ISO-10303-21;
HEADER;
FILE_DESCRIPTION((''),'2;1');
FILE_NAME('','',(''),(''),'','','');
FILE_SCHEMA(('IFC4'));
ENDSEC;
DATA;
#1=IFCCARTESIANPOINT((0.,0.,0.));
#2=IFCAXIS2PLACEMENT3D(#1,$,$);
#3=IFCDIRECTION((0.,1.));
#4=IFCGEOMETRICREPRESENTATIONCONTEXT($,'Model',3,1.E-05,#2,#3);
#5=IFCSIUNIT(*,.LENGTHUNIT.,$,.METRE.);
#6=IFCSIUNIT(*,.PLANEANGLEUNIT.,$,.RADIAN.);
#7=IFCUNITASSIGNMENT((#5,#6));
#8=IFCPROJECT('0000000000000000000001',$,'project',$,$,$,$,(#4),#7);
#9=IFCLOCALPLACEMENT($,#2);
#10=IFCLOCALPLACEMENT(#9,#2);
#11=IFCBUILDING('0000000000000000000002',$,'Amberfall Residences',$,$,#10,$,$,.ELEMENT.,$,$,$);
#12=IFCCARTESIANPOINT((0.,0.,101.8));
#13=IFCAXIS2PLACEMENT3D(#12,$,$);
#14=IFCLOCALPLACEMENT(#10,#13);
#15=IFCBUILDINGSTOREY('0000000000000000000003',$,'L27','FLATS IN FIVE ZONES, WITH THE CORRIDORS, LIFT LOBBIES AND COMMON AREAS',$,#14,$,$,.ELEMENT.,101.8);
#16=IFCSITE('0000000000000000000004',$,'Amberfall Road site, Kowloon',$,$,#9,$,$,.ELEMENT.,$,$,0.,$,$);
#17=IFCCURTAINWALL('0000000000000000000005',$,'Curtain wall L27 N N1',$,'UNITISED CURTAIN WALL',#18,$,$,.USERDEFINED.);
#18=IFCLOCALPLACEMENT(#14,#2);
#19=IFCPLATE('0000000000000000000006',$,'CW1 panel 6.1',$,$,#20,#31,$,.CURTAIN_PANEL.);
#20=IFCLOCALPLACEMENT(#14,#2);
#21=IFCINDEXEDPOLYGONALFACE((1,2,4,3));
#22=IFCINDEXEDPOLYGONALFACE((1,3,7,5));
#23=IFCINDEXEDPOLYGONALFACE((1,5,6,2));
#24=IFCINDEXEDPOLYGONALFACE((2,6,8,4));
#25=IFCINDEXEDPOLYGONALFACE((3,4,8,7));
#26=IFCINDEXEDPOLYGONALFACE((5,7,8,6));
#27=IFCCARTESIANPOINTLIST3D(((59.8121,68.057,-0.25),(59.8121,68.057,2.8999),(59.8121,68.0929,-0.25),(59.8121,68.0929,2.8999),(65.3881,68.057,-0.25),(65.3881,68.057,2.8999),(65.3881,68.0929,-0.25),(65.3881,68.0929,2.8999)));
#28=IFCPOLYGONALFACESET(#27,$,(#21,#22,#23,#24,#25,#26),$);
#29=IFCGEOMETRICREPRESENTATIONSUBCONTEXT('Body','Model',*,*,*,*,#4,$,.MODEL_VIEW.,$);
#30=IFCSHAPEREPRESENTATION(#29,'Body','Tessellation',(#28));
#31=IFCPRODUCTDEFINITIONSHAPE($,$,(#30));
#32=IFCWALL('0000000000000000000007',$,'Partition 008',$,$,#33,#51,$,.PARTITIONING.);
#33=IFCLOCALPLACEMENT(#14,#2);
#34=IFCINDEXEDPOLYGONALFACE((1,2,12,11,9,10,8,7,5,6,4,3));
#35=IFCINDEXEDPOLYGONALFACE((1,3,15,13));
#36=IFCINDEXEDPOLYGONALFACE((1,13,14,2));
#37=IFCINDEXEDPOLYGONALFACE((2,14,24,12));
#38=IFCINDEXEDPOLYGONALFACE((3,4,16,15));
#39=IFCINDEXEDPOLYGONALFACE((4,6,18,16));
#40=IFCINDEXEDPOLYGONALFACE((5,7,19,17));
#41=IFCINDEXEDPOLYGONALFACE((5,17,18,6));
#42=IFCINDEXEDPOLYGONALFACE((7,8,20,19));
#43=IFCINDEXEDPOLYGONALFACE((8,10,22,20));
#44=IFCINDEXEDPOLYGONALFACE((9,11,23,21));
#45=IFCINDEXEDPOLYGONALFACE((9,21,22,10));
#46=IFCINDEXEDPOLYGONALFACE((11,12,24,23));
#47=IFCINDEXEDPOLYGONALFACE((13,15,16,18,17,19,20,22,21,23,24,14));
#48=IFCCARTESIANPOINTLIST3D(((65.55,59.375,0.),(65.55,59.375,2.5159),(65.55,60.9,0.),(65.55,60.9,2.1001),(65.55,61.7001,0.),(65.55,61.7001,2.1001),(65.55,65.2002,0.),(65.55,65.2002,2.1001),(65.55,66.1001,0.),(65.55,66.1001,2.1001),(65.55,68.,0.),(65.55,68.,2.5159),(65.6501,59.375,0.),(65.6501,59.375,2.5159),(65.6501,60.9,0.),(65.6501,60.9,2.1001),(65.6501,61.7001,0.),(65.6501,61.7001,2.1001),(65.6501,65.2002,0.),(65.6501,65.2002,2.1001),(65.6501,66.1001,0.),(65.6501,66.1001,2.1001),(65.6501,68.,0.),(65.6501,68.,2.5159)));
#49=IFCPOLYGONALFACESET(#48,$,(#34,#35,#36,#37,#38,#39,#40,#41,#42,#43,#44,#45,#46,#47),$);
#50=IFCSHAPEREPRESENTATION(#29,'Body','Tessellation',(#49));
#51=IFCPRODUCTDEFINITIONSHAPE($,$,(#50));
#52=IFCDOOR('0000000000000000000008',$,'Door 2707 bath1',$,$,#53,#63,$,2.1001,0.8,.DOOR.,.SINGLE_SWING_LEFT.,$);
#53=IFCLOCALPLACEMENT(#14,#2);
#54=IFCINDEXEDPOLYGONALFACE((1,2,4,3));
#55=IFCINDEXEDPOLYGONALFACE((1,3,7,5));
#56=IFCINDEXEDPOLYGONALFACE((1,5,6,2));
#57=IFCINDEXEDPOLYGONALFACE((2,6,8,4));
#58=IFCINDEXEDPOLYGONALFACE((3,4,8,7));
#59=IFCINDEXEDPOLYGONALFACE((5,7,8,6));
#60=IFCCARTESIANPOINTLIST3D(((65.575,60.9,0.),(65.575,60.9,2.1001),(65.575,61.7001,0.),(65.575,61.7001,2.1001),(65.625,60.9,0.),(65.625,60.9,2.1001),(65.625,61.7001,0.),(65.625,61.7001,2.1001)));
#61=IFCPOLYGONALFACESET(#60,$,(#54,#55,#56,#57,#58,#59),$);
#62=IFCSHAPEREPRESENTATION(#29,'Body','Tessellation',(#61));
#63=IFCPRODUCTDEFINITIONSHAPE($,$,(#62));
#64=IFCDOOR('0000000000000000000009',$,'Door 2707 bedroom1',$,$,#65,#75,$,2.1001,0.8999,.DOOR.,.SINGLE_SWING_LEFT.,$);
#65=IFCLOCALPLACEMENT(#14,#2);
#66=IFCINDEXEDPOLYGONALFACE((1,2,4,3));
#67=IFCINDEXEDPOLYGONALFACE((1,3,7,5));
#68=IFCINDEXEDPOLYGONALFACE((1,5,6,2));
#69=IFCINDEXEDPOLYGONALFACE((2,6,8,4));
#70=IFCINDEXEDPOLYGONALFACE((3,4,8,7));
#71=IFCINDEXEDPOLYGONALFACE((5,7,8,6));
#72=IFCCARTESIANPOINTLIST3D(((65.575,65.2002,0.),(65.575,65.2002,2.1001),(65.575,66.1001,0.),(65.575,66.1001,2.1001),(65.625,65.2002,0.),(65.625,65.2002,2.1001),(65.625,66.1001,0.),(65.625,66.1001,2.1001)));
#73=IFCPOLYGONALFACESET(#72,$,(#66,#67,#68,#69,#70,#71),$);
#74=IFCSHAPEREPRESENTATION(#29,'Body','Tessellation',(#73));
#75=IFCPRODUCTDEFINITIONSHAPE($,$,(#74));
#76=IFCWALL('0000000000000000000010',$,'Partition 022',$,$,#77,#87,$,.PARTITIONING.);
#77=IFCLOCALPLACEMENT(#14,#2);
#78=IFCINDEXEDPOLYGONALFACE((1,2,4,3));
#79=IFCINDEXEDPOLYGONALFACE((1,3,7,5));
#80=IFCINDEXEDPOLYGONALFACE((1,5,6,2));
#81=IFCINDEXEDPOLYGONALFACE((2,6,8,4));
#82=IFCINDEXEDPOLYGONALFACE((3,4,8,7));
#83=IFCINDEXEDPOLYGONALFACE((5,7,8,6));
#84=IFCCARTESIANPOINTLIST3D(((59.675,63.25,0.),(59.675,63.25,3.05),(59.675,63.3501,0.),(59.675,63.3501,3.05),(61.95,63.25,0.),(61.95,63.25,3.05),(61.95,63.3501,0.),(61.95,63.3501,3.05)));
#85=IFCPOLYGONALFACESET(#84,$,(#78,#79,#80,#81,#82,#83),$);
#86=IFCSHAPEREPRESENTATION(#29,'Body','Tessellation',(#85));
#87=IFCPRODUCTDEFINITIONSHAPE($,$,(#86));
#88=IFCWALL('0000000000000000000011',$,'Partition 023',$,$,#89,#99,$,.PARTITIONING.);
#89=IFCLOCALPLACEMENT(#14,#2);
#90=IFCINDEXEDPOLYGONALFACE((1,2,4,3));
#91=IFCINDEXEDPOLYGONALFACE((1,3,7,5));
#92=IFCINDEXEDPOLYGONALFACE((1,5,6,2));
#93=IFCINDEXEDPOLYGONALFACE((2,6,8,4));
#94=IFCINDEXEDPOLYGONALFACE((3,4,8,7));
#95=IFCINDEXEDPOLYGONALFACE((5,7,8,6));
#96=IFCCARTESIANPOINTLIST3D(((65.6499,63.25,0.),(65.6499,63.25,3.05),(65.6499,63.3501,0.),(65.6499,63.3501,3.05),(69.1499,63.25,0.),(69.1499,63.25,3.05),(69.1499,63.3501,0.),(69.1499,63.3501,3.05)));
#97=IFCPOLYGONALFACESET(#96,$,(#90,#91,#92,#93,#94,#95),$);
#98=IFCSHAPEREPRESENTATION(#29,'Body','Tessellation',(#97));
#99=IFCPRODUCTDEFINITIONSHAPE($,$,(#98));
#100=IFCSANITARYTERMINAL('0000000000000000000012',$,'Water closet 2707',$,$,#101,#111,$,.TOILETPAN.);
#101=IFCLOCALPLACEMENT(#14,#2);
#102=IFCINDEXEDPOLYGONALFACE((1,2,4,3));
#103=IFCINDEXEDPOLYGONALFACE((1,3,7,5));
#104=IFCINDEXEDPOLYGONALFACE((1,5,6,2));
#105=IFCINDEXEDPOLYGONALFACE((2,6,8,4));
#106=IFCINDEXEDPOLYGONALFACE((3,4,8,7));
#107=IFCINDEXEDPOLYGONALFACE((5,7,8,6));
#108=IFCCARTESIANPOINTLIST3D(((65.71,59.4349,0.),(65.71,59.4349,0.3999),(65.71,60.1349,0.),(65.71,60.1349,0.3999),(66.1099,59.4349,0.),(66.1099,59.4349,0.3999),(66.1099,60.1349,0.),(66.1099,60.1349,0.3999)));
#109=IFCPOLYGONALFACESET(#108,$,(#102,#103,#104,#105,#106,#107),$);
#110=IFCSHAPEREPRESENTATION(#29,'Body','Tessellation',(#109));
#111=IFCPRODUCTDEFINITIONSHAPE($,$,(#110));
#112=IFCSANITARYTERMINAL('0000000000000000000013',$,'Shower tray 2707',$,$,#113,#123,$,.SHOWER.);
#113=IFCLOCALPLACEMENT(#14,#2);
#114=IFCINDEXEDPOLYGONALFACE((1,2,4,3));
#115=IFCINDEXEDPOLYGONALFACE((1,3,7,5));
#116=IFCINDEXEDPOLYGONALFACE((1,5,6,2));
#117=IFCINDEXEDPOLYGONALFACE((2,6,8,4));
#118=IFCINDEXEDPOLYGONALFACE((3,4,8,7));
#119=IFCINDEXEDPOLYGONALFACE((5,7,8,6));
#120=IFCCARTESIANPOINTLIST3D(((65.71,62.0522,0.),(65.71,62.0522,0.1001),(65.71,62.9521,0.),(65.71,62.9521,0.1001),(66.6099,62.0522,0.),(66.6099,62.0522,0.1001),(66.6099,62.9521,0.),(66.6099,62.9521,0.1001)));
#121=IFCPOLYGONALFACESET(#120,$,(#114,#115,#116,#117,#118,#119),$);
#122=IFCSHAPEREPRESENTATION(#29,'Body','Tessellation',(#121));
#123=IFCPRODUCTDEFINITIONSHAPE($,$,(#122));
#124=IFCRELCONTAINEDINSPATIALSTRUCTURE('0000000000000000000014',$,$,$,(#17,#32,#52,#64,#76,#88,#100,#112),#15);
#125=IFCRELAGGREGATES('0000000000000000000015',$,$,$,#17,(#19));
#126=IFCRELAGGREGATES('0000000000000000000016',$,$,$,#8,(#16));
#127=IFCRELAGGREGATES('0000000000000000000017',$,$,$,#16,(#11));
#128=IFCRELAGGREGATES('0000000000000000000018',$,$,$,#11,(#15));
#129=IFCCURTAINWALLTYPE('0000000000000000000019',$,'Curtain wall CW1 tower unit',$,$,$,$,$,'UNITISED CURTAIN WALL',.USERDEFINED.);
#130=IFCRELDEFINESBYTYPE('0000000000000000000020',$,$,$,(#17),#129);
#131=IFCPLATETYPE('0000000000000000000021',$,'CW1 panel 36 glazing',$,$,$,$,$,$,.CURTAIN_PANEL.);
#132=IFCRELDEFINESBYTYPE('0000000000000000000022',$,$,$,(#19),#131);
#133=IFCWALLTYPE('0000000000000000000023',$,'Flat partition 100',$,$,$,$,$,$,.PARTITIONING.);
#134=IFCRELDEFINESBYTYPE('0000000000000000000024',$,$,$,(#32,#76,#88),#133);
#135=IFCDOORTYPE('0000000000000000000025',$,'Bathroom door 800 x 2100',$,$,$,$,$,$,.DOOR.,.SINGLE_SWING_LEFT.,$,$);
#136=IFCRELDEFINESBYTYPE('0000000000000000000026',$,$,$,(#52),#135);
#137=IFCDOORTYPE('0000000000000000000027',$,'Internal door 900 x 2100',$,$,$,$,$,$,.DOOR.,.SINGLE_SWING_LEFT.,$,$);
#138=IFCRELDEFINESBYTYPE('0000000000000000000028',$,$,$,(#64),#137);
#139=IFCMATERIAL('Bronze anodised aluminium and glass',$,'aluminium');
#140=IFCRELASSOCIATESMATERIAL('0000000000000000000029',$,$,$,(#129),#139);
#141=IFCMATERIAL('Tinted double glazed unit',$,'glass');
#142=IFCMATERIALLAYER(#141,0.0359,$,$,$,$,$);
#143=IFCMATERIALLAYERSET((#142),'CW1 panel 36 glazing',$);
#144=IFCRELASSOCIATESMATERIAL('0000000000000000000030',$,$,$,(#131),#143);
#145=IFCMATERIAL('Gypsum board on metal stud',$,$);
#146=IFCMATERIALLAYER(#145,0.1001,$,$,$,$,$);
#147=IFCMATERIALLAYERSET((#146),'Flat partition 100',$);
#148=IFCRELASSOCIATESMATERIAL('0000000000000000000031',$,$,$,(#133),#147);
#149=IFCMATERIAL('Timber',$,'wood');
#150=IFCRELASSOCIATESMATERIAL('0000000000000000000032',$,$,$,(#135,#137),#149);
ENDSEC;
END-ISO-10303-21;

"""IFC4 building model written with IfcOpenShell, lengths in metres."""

from ifc_helpers import new_model, si_unit, direction, frame, frame_2d, origin, origin_2d, place, context, subcontext, project, spatial, rectangle, extrude, material, layer, layer_set, type_object, element, fill, aggregate, save


model = new_model("IFC4")

# Units and contexts
model_context = context("Model", 3, precision=1e-05, world=origin(), true_north=direction((0.0, 1.0)))
body_context = subcontext(model_context, "Body", "Model", "MODEL_VIEW")
ifc_project = project(units=[si_unit("LENGTHUNIT", "METRE"), si_unit("PLANEANGLEUNIT", "RADIAN")], contexts=[model_context])

# Site, building, storey
site_placement = place(None, origin())
site = spatial("IfcSite", under=ifc_project, at=site_placement, Name="Amberfall Road site, Kowloon", CompositionType="ELEMENT", RefElevation=0.0)
building_placement = place(site_placement, origin())
building = spatial("IfcBuilding", under=site, at=building_placement, Name="Amberfall Residences", CompositionType="ELEMENT")
storey_placement = place(building_placement, frame((0.0, 0.0, 101.8)))
storey = spatial("IfcBuildingStorey", under=building, at=storey_placement, Name="L27", Description="FLATS IN FIVE ZONES, WITH THE CORRIDORS, LIFT LOBBIES AND COMMON AREAS", CompositionType="ELEMENT", Elevation=101.8)

# Curtain wall
ifc_material_1 = material(Name="Bronze anodised aluminium and glass", Category="aluminium")
curtain_wall_type = type_object("IfcCurtainWallType", Name="Curtain wall CW1 tower unit", ElementType="UNITISED CURTAIN WALL", PredefinedType="USERDEFINED", material=ifc_material_1)
curtain_wall_placement = place(storey_placement, origin())
curtain_wall = element("IfcCurtainWall", 1, at=curtain_wall_placement, inside=storey, type_object=curtain_wall_type, Name="Curtain wall L27 N N1", ObjectType="UNITISED CURTAIN WALL", PredefinedType="USERDEFINED")

# Plate
ifc_material_2 = material(Name="Tinted double glazed unit", Category="glass")
ifc_layer_1 = layer(ifc_material_2, 0.0359)
ifc_layer_set_1 = layer_set([ifc_layer_1], Name="CW1 panel 36 glazing")
plate_type = type_object("IfcPlateType", Name="CW1 panel 36 glazing", PredefinedType="CURTAIN_PANEL", material=ifc_layer_set_1)
plate_1_placement = place(storey_placement, frame((62.6001, 68.075, -0.25), z_axis=(0.0, 0.0, 1.0), x_axis=(-1.0, 0.0, 0.0)))
plate_1 = element("IfcPlate", 2, at=plate_1_placement, type_object=plate_type, Name="CW1 panel 6.1", PredefinedType="CURTAIN_PANEL", context=body_context, shape_type="SweptSolid", body=[
    extrude(rectangle(XDim=5.5759, YDim=0.0359, at=origin_2d()), origin(), (0.0, 0.0, 1.0), 3.1499),
])
aggregate(curtain_wall, [plate_1])

# Wall, openings, doors
ifc_material_3 = material(Name="Gypsum board on metal stud")
ifc_layer_2 = layer(ifc_material_3, 0.1001)
ifc_layer_set_2 = layer_set([ifc_layer_2], Name="Flat partition 100")
wall_type = type_object("IfcWallType", Name="Flat partition 100", PredefinedType="PARTITIONING", material=ifc_layer_set_2)
wall_1_placement = place(storey_placement, frame((65.6001, 68.0, 0.0), z_axis=(0.0, 0.0, 1.0), x_axis=(0.0, -1.0, 0.0)))
wall_1 = element("IfcWall", 3, at=wall_1_placement, inside=storey, type_object=wall_type, Name="Partition 008", PredefinedType="PARTITIONING", context=body_context, shape_type="SweptSolid", body=[
    extrude(rectangle(XDim=8.625, YDim=0.1001, at=frame_2d((4.3125, 0.0))), origin(), (0.0, 0.0, 1.0), 2.5159),
])
opening_1_placement = place(wall_1_placement, frame((1.8999, 0.0, 0.0)))
opening_1 = element("IfcOpeningElement", 4, at=opening_1_placement, cuts=wall_1, PredefinedType="OPENING", context=body_context, shape_type="SweptSolid", body=[
    extrude(rectangle(XDim=0.8999, YDim=2.1001, at=frame_2d((0.45, 1.05))), frame((0.0, 0.0601, 0.0), z_axis=(0.0, -1.0, 0.0), x_axis=(1.0, 0.0, 0.0)), (0.0, 0.0, 1.0), 0.1201),
])
opening_2_placement = place(wall_1_placement, frame((6.3, 0.0, 0.0)))
opening_2 = element("IfcOpeningElement", 5, at=opening_2_placement, cuts=wall_1, PredefinedType="OPENING", context=body_context, shape_type="SweptSolid", body=[
    extrude(rectangle(XDim=0.8, YDim=2.1001, at=frame_2d((0.3999, 1.05))), frame((0.0, 0.0601, 0.0), z_axis=(0.0, -1.0, 0.0), x_axis=(1.0, 0.0, 0.0)), (0.0, 0.0, 1.0), 0.1201),
])
ifc_material_4 = material(Name="Timber", Category="wood")
door_type_1 = type_object("IfcDoorType", Name="Bathroom door 800 x 2100", OperationType="SINGLE_SWING_LEFT", PredefinedType="DOOR", material=ifc_material_4)
door_1_placement = place(opening_2_placement, origin())
door_1 = element("IfcDoor", 6, at=door_1_placement, inside=storey, type_object=door_type_1, Name="Door 2707 bath1", OperationType="SINGLE_SWING_LEFT", OverallHeight=2.1001, OverallWidth=0.8, PredefinedType="DOOR", context=body_context, shape_type="SweptSolid", body=[
    extrude(rectangle(XDim=0.8, YDim=2.1001, at=frame_2d((0.3999, 1.05))), frame((0.0, 0.0249, 0.0), z_axis=(0.0, -1.0, 0.0), x_axis=(1.0, 0.0, 0.0)), (0.0, 0.0, 1.0), 0.05),
])
fill(opening_2, door_1)
door_type_2 = type_object("IfcDoorType", Name="Internal door 900 x 2100", OperationType="SINGLE_SWING_LEFT", PredefinedType="DOOR", material=ifc_material_4)
door_2_placement = place(opening_1_placement, origin())
door_2 = element("IfcDoor", 7, at=door_2_placement, inside=storey, type_object=door_type_2, Name="Door 2707 bedroom1", OperationType="SINGLE_SWING_LEFT", OverallHeight=2.1001, OverallWidth=0.8999, PredefinedType="DOOR", context=body_context, shape_type="SweptSolid", body=[
    extrude(rectangle(XDim=0.8999, YDim=2.1001, at=frame_2d((0.45, 1.05))), frame((0.0, 0.0249, 0.0), z_axis=(0.0, -1.0, 0.0), x_axis=(1.0, 0.0, 0.0)), (0.0, 0.0, 1.0), 0.05),
])
fill(opening_1, door_2)

# Walls
wall_2_placement = place(storey_placement, frame((59.675, 63.3, 0.0), z_axis=(0.0, 0.0, 1.0), x_axis=(1.0, 0.0, 0.0)))
element("IfcWall", 8, at=wall_2_placement, inside=storey, type_object=wall_type, Name="Partition 022", PredefinedType="PARTITIONING", context=body_context, shape_type="SweptSolid", body=[
    extrude(rectangle(XDim=2.2749, YDim=0.1001, at=frame_2d((1.1375, 0.0))), origin(), (0.0, 0.0, 1.0), 3.05),
])
wall_3_placement = place(storey_placement, frame((65.6499, 63.3, 0.0), z_axis=(0.0, 0.0, 1.0), x_axis=(1.0, 0.0, 0.0)))
element("IfcWall", 9, at=wall_3_placement, inside=storey, type_object=wall_type, Name="Partition 023", PredefinedType="PARTITIONING", context=body_context, shape_type="SweptSolid", body=[
    extrude(rectangle(XDim=3.5, YDim=0.1001, at=frame_2d((1.75, 0.0))), origin(), (0.0, 0.0, 1.0), 3.05),
])

# Sanitary terminals
sanitary_terminal_1_placement = place(storey_placement, frame((65.9099, 59.7849, 0.0), z_axis=(0.0, 0.0, 1.0), x_axis=(1.0, 0.0, 0.0)))
element("IfcSanitaryTerminal", 10, at=sanitary_terminal_1_placement, inside=storey, Name="Water closet 2707", PredefinedType="TOILETPAN", context=body_context, shape_type="SweptSolid", body=[
    extrude(rectangle(XDim=0.3999, YDim=0.7, at=origin_2d()), origin(), (0.0, 0.0, 1.0), 0.3999),
])
sanitary_terminal_2_placement = place(storey_placement, frame((66.1599, 62.5022, 0.0), z_axis=(0.0, 0.0, 1.0), x_axis=(1.0, 0.0, 0.0)))
element("IfcSanitaryTerminal", 11, at=sanitary_terminal_2_placement, inside=storey, Name="Shower tray 2707", PredefinedType="SHOWER", context=body_context, shape_type="SweptSolid", body=[
    extrude(rectangle(XDim=0.8999, YDim=0.8999, at=origin_2d()), origin(), (0.0, 0.0, 1.0), 0.1001),
])

save(model, "model.ifc")
